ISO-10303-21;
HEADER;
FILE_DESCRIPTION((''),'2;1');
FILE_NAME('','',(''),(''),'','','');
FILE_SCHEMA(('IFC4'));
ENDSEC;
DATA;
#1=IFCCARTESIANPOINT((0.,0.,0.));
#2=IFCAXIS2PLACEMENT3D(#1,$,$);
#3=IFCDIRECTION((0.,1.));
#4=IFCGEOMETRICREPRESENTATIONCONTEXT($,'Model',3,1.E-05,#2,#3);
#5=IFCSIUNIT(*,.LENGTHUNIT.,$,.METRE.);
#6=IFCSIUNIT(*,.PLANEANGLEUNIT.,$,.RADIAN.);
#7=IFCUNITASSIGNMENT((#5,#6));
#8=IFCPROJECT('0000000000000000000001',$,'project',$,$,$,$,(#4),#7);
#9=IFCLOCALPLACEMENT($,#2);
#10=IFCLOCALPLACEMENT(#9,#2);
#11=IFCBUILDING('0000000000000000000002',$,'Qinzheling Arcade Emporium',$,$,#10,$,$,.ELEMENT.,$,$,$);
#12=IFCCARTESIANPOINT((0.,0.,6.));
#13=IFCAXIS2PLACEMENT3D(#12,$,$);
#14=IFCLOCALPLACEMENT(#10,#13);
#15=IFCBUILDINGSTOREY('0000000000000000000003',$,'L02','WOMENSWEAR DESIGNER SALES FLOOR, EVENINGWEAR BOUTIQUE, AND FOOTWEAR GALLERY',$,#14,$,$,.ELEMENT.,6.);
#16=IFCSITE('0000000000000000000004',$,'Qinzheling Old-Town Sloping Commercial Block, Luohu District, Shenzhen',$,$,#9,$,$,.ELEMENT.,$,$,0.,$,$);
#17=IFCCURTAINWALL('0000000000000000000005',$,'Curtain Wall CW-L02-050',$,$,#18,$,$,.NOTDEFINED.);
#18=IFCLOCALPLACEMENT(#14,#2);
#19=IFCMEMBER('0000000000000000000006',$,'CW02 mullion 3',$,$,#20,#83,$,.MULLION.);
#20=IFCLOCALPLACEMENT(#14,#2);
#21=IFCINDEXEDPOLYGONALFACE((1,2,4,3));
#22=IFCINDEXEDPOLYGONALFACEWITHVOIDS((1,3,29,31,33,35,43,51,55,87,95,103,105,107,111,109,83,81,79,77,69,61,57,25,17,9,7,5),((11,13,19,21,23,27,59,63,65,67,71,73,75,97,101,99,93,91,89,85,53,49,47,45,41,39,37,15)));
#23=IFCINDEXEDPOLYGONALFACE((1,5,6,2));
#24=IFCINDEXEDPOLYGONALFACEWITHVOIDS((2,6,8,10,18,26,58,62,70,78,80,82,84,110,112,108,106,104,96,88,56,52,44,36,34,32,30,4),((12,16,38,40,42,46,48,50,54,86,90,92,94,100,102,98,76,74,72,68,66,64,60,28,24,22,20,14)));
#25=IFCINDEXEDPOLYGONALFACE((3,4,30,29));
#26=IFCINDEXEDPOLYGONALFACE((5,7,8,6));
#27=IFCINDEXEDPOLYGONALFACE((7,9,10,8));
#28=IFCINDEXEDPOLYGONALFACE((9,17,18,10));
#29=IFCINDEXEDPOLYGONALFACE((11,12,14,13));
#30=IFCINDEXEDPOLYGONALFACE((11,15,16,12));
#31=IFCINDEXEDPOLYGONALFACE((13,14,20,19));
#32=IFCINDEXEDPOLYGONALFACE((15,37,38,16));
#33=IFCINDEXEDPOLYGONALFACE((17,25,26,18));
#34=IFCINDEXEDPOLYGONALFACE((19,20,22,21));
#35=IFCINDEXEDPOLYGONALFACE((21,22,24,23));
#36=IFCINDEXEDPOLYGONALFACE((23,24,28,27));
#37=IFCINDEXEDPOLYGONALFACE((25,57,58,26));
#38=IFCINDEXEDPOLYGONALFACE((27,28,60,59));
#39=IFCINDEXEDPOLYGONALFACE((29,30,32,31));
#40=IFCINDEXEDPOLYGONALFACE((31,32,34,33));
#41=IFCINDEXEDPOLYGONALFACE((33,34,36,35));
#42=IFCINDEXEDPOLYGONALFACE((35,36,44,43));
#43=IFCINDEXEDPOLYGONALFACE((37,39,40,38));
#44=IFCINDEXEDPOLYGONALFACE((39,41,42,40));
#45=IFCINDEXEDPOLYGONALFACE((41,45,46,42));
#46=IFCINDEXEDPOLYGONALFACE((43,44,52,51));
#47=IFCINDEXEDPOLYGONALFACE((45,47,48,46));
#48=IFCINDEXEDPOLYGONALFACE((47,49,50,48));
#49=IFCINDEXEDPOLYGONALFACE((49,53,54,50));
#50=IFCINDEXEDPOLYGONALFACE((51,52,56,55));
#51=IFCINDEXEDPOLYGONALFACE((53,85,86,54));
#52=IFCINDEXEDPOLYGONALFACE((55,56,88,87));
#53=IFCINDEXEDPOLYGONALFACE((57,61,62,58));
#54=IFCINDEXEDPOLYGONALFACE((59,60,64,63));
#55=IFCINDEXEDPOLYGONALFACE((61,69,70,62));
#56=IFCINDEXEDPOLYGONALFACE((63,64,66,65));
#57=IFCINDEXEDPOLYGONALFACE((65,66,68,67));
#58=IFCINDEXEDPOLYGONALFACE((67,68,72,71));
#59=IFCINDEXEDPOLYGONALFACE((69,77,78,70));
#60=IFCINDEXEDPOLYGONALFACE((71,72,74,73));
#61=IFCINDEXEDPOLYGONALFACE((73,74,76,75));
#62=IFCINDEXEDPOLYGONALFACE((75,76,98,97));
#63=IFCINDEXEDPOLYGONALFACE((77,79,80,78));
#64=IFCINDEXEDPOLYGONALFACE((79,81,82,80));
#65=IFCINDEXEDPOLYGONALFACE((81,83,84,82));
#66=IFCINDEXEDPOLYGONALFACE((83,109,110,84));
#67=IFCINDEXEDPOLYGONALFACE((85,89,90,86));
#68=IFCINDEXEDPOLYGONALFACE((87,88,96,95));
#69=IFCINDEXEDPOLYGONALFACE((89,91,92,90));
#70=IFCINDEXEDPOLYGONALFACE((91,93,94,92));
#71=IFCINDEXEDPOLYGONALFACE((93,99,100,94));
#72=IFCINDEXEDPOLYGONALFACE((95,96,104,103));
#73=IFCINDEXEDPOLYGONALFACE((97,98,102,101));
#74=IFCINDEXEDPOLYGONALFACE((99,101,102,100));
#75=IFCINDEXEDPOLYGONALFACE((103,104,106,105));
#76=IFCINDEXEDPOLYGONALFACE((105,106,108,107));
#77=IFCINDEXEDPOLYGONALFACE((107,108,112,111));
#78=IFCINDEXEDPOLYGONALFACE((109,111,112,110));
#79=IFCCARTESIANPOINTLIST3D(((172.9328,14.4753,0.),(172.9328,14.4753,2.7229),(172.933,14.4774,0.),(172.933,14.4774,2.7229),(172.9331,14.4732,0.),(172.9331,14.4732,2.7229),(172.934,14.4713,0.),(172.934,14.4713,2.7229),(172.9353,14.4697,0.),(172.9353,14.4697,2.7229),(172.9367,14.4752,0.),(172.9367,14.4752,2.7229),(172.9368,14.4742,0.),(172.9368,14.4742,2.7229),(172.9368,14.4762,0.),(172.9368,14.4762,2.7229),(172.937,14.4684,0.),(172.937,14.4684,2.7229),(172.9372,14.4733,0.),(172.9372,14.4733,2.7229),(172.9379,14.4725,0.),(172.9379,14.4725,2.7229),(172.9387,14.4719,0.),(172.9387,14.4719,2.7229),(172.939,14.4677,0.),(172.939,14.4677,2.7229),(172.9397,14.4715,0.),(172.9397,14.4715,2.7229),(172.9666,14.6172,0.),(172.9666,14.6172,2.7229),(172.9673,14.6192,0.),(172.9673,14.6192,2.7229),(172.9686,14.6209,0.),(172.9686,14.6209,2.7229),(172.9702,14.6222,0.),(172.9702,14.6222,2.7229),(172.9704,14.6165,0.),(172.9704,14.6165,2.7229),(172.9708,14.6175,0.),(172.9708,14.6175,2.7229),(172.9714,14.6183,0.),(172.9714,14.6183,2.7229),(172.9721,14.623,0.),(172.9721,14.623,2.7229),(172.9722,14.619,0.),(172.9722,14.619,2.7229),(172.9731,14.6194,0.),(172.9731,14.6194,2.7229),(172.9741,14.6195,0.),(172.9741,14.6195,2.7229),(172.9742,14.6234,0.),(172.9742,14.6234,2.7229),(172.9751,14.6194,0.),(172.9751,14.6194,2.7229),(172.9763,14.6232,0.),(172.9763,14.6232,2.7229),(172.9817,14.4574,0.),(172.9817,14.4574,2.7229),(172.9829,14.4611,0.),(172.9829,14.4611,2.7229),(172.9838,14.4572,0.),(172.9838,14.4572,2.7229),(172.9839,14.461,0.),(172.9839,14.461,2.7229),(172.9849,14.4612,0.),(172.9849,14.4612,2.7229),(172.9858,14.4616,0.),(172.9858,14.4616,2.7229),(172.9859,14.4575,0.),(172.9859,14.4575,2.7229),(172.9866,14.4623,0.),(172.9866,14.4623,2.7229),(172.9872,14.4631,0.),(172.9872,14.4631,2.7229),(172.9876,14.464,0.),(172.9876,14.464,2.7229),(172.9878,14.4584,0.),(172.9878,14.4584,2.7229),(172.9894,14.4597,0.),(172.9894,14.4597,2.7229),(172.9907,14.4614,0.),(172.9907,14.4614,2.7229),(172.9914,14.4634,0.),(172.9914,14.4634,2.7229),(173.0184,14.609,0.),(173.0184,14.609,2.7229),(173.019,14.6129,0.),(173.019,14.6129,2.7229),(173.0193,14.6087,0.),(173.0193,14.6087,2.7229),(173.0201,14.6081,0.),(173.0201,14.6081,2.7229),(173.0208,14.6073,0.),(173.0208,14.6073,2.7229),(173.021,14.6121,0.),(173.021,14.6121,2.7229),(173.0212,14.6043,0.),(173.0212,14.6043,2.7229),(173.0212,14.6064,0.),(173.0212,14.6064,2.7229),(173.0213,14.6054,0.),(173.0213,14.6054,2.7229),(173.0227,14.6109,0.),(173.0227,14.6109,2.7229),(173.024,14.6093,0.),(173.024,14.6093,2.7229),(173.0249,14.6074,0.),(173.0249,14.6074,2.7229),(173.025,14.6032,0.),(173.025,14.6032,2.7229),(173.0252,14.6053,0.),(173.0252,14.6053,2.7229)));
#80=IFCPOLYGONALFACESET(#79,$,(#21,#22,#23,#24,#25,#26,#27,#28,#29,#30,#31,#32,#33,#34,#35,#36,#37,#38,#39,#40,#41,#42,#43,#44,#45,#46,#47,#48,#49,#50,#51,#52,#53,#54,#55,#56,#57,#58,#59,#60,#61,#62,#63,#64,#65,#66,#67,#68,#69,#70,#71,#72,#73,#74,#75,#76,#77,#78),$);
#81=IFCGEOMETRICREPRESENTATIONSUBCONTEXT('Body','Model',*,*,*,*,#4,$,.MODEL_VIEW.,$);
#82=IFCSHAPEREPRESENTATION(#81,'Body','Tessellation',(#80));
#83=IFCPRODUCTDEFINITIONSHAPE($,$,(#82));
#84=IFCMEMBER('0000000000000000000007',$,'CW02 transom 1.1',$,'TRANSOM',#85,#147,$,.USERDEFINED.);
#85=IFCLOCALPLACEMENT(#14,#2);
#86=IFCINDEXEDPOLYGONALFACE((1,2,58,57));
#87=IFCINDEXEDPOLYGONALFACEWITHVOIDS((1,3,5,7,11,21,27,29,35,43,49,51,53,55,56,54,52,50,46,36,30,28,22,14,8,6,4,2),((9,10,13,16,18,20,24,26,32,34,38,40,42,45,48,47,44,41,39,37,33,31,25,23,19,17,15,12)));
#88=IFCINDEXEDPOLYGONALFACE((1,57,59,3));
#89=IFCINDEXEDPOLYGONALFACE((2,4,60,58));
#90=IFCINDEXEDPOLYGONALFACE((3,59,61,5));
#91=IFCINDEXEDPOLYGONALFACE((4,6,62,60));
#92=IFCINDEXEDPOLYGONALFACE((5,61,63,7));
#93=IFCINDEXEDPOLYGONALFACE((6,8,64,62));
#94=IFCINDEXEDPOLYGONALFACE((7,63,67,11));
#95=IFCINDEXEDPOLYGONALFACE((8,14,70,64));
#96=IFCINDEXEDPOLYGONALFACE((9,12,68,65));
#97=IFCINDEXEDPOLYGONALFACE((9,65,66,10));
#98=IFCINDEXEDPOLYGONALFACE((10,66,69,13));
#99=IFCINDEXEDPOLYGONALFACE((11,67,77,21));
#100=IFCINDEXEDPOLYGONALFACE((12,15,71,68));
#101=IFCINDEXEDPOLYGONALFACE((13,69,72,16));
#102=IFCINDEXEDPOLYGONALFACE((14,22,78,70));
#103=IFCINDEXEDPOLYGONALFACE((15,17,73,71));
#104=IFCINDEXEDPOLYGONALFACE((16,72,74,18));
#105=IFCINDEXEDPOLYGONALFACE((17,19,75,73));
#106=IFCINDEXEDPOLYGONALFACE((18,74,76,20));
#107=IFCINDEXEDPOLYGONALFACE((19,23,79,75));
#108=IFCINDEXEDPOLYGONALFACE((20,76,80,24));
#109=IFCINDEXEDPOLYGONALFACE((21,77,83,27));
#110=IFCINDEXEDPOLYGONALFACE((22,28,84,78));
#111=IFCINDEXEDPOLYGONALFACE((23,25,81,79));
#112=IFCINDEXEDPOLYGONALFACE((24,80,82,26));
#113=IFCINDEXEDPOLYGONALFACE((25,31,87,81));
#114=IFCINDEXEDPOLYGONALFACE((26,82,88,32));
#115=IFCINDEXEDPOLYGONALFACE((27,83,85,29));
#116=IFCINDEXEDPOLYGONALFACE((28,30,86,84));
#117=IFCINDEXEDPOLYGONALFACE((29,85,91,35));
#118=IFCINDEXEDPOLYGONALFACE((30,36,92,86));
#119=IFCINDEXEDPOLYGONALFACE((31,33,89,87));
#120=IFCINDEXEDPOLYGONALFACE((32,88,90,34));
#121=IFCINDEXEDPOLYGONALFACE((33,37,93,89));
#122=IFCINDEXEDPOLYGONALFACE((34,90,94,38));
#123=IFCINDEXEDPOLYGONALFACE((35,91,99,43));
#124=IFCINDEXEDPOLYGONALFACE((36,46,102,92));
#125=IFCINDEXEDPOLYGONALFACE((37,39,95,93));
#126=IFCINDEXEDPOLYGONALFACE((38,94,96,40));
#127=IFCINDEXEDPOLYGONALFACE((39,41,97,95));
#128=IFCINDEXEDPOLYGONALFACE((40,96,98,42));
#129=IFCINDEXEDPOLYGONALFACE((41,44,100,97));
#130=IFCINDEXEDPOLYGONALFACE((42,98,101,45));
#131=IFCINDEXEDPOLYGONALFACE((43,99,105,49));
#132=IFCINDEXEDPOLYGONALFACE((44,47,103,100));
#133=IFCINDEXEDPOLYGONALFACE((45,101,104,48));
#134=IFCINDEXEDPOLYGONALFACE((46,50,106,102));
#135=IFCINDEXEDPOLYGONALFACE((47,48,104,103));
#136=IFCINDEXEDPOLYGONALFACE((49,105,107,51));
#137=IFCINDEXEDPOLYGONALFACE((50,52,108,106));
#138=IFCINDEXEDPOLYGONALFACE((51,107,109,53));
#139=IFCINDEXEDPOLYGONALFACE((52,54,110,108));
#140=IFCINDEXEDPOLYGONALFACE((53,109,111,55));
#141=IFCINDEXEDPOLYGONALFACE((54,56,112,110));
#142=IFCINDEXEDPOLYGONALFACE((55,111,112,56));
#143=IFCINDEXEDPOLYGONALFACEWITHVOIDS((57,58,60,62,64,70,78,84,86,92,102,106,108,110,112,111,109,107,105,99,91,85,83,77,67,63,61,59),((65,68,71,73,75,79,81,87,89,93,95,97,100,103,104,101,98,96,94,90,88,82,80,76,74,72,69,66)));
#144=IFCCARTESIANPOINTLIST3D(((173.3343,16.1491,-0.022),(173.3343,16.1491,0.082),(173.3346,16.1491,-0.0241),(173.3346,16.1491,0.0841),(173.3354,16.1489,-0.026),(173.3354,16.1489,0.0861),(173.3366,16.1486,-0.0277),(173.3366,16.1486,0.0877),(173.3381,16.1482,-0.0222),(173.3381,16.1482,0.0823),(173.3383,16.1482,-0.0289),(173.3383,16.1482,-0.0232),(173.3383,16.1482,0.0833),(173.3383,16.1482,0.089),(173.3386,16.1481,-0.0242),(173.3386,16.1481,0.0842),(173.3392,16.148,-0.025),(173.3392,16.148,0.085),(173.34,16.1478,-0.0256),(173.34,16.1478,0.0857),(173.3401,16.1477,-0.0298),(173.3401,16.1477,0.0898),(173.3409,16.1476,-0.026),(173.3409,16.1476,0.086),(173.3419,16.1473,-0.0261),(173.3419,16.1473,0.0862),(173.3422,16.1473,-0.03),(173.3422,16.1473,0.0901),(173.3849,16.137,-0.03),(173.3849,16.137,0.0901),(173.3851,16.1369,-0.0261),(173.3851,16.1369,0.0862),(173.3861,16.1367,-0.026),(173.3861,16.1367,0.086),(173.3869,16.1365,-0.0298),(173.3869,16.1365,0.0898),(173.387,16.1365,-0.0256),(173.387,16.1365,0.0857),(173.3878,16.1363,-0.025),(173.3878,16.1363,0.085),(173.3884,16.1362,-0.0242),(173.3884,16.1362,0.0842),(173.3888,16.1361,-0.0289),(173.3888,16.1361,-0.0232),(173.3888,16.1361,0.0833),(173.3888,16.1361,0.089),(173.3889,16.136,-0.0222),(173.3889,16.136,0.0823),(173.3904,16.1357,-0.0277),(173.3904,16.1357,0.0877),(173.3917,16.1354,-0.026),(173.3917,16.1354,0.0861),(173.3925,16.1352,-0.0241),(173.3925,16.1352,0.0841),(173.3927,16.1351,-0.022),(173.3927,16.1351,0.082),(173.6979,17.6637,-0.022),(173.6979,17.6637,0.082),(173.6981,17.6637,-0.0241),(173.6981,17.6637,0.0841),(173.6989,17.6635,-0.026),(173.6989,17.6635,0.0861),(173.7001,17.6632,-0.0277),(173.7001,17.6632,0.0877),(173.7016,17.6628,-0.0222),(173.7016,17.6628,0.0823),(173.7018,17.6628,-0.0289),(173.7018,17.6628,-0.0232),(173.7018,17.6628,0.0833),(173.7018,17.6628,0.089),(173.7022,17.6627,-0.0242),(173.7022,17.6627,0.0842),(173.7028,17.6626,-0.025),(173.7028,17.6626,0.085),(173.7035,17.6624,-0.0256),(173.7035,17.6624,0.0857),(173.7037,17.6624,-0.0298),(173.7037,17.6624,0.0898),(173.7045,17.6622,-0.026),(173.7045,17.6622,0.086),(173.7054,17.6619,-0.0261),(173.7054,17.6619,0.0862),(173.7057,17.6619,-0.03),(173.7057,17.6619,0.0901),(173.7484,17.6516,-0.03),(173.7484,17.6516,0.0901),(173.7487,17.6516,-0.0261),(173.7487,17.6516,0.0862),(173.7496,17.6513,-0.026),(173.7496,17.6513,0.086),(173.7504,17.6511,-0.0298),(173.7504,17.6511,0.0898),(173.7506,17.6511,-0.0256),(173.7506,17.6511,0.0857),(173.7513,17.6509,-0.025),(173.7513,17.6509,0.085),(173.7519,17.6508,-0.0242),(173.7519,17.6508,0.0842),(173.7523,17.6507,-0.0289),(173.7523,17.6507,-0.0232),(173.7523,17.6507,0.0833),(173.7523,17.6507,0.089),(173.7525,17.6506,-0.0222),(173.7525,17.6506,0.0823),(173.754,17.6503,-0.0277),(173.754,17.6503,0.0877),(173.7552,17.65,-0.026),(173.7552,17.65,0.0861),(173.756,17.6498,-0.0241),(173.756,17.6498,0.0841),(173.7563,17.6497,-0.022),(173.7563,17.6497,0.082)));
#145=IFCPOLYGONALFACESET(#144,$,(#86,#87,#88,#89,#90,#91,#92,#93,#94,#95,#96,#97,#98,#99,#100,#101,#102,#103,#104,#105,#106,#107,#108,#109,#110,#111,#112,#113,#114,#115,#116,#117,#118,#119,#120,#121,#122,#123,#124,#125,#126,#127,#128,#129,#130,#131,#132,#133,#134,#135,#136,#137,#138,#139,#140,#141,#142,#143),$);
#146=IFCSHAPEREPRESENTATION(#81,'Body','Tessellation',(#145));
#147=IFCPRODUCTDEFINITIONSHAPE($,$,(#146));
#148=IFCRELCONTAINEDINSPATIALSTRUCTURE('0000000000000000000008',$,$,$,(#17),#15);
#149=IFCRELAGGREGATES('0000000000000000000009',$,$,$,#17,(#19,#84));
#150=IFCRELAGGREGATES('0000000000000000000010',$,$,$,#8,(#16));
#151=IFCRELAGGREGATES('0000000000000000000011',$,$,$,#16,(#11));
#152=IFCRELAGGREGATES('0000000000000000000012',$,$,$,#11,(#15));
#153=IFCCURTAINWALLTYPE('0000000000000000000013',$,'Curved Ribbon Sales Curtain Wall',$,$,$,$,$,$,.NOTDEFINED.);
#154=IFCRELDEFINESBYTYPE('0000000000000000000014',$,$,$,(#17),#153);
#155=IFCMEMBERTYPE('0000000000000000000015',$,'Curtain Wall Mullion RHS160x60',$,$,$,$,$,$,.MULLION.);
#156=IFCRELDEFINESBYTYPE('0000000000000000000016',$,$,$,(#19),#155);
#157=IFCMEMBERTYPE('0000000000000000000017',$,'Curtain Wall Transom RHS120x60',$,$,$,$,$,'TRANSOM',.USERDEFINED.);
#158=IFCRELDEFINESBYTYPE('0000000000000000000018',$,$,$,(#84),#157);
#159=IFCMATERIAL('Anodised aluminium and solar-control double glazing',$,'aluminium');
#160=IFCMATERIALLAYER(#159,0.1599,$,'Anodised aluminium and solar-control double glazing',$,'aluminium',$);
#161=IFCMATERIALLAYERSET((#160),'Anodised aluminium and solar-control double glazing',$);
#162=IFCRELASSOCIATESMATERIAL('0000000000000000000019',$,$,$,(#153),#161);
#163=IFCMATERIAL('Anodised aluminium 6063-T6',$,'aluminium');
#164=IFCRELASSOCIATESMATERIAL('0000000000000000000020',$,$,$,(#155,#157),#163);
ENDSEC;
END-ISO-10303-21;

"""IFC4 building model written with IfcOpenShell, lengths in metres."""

from ifc_helpers import new_model, si_unit, direction, frame, origin, origin_2d, place, context, subcontext, project, spatial, hollow_rectangle, extrude, material, layer, layer_set, material_profile, profile_set, type_object, element, aggregate, save


model = new_model("IFC4")

# Units and contexts
model_context = context("Model", 3, precision=1e-05, world=origin(), true_north=direction((0.0, 1.0)))
body_context = subcontext(model_context, "Body", "Model", "MODEL_VIEW")
ifc_project = project(units=[si_unit("LENGTHUNIT", "METRE"), si_unit("PLANEANGLEUNIT", "RADIAN")], contexts=[model_context])

# Site, building, storey
site_placement = place(None, origin())
site = spatial("IfcSite", under=ifc_project, at=site_placement, Name="Qinzheling Old-Town Sloping Commercial Block, Luohu District, Shenzhen", CompositionType="ELEMENT", RefElevation=0.0)
building_placement = place(site_placement, origin())
building = spatial("IfcBuilding", under=site, at=building_placement, Name="Qinzheling Arcade Emporium", CompositionType="ELEMENT")
storey_placement = place(building_placement, frame((0.0, 0.0, 6.0)))
storey = spatial("IfcBuildingStorey", under=building, at=storey_placement, Name="L02", Description="WOMENSWEAR DESIGNER SALES FLOOR, EVENINGWEAR BOUTIQUE, AND FOOTWEAR GALLERY", CompositionType="ELEMENT", Elevation=6.0)

# Curtain wall, members
ifc_material_1 = material(Name="Anodised aluminium and solar-control double glazing", Category="aluminium")
ifc_layer_1 = layer(ifc_material_1, 0.1599, Name="Anodised aluminium and solar-control double glazing", Category="aluminium")
ifc_layer_set_1 = layer_set([ifc_layer_1], Name="Anodised aluminium and solar-control double glazing")
curtain_wall_type = type_object("IfcCurtainWallType", Name="Curved Ribbon Sales Curtain Wall", PredefinedType="NOTDEFINED", material=ifc_layer_set_1)
curtain_wall_placement = place(storey_placement, origin())
curtain_wall = element("IfcCurtainWall", 1, at=curtain_wall_placement, inside=storey, type_object=curtain_wall_type, Name="Curtain Wall CW-L02-050", PredefinedType="NOTDEFINED")
ifc_material_2 = material(Name="Anodised aluminium 6063-T6", Category="aluminium")
ifc_material_profile_1 = material_profile(ifc_material_2, hollow_rectangle(XDim=0.0601, YDim=0.1599, WallThickness=0.0039, InnerFilletRadius=0.0039, OuterFilletRadius=0.0081, at=origin_2d()), Name="RHS 160x60x4", Category="aluminium")
ifc_profile_set_1 = profile_set([ifc_material_profile_1], Name="Anodised aluminium 6063-T6")
member_type_1 = type_object("IfcMemberType", Name="Curtain Wall Mullion RHS160x60", PredefinedType="MULLION", material=ifc_profile_set_1)
member_1_placement = place(storey_placement, frame((172.979, 14.5403, 0.0), z_axis=(0.0, 0.0, 1.0), x_axis=(0.972385, -0.233384, 0.0)))
member_1 = element("IfcMember", 2, at=member_1_placement, type_object=member_type_1, Name="CW02 mullion 3", PredefinedType="MULLION", context=body_context, shape_type="SweptSolid", body=[
    extrude(hollow_rectangle(XDim=0.0601, YDim=0.1599, WallThickness=0.0039, InnerFilletRadius=0.0039, OuterFilletRadius=0.0081, at=origin_2d()), origin(), (0.0, 0.0, 1.0), 2.7229),
])
ifc_material_profile_2 = material_profile(ifc_material_2, hollow_rectangle(XDim=0.0601, YDim=0.1201, WallThickness=0.0039, InnerFilletRadius=0.0039, OuterFilletRadius=0.0081, at=origin_2d()), Name="RHS 120x60x4", Category="aluminium")
ifc_profile_set_2 = profile_set([ifc_material_profile_2], Name="Anodised aluminium 6063-T6")
member_type_2 = type_object("IfcMemberType", Name="Curtain Wall Transom RHS120x60", ElementType="TRANSOM", PredefinedType="USERDEFINED", material=ifc_profile_set_2)
member_2_placement = place(storey_placement, frame((173.7271, 17.6567, 0.03), z_axis=(-0.233379, -0.972386, 0.0), x_axis=(0.972386, -0.233379, 0.0)))
member_2 = element("IfcMember", 3, at=member_2_placement, type_object=member_type_2, Name="CW02 transom 1.1", ObjectType="TRANSOM", PredefinedType="USERDEFINED", context=body_context, shape_type="SweptSolid", body=[
    extrude(hollow_rectangle(XDim=0.0601, YDim=0.1201, WallThickness=0.0039, InnerFilletRadius=0.0039, OuterFilletRadius=0.0081, at=origin_2d()), origin(), (0.0, 0.0, 1.0), 1.5576),
])

aggregate(curtain_wall, [member_1, member_2])

save(model, "model.ifc")
